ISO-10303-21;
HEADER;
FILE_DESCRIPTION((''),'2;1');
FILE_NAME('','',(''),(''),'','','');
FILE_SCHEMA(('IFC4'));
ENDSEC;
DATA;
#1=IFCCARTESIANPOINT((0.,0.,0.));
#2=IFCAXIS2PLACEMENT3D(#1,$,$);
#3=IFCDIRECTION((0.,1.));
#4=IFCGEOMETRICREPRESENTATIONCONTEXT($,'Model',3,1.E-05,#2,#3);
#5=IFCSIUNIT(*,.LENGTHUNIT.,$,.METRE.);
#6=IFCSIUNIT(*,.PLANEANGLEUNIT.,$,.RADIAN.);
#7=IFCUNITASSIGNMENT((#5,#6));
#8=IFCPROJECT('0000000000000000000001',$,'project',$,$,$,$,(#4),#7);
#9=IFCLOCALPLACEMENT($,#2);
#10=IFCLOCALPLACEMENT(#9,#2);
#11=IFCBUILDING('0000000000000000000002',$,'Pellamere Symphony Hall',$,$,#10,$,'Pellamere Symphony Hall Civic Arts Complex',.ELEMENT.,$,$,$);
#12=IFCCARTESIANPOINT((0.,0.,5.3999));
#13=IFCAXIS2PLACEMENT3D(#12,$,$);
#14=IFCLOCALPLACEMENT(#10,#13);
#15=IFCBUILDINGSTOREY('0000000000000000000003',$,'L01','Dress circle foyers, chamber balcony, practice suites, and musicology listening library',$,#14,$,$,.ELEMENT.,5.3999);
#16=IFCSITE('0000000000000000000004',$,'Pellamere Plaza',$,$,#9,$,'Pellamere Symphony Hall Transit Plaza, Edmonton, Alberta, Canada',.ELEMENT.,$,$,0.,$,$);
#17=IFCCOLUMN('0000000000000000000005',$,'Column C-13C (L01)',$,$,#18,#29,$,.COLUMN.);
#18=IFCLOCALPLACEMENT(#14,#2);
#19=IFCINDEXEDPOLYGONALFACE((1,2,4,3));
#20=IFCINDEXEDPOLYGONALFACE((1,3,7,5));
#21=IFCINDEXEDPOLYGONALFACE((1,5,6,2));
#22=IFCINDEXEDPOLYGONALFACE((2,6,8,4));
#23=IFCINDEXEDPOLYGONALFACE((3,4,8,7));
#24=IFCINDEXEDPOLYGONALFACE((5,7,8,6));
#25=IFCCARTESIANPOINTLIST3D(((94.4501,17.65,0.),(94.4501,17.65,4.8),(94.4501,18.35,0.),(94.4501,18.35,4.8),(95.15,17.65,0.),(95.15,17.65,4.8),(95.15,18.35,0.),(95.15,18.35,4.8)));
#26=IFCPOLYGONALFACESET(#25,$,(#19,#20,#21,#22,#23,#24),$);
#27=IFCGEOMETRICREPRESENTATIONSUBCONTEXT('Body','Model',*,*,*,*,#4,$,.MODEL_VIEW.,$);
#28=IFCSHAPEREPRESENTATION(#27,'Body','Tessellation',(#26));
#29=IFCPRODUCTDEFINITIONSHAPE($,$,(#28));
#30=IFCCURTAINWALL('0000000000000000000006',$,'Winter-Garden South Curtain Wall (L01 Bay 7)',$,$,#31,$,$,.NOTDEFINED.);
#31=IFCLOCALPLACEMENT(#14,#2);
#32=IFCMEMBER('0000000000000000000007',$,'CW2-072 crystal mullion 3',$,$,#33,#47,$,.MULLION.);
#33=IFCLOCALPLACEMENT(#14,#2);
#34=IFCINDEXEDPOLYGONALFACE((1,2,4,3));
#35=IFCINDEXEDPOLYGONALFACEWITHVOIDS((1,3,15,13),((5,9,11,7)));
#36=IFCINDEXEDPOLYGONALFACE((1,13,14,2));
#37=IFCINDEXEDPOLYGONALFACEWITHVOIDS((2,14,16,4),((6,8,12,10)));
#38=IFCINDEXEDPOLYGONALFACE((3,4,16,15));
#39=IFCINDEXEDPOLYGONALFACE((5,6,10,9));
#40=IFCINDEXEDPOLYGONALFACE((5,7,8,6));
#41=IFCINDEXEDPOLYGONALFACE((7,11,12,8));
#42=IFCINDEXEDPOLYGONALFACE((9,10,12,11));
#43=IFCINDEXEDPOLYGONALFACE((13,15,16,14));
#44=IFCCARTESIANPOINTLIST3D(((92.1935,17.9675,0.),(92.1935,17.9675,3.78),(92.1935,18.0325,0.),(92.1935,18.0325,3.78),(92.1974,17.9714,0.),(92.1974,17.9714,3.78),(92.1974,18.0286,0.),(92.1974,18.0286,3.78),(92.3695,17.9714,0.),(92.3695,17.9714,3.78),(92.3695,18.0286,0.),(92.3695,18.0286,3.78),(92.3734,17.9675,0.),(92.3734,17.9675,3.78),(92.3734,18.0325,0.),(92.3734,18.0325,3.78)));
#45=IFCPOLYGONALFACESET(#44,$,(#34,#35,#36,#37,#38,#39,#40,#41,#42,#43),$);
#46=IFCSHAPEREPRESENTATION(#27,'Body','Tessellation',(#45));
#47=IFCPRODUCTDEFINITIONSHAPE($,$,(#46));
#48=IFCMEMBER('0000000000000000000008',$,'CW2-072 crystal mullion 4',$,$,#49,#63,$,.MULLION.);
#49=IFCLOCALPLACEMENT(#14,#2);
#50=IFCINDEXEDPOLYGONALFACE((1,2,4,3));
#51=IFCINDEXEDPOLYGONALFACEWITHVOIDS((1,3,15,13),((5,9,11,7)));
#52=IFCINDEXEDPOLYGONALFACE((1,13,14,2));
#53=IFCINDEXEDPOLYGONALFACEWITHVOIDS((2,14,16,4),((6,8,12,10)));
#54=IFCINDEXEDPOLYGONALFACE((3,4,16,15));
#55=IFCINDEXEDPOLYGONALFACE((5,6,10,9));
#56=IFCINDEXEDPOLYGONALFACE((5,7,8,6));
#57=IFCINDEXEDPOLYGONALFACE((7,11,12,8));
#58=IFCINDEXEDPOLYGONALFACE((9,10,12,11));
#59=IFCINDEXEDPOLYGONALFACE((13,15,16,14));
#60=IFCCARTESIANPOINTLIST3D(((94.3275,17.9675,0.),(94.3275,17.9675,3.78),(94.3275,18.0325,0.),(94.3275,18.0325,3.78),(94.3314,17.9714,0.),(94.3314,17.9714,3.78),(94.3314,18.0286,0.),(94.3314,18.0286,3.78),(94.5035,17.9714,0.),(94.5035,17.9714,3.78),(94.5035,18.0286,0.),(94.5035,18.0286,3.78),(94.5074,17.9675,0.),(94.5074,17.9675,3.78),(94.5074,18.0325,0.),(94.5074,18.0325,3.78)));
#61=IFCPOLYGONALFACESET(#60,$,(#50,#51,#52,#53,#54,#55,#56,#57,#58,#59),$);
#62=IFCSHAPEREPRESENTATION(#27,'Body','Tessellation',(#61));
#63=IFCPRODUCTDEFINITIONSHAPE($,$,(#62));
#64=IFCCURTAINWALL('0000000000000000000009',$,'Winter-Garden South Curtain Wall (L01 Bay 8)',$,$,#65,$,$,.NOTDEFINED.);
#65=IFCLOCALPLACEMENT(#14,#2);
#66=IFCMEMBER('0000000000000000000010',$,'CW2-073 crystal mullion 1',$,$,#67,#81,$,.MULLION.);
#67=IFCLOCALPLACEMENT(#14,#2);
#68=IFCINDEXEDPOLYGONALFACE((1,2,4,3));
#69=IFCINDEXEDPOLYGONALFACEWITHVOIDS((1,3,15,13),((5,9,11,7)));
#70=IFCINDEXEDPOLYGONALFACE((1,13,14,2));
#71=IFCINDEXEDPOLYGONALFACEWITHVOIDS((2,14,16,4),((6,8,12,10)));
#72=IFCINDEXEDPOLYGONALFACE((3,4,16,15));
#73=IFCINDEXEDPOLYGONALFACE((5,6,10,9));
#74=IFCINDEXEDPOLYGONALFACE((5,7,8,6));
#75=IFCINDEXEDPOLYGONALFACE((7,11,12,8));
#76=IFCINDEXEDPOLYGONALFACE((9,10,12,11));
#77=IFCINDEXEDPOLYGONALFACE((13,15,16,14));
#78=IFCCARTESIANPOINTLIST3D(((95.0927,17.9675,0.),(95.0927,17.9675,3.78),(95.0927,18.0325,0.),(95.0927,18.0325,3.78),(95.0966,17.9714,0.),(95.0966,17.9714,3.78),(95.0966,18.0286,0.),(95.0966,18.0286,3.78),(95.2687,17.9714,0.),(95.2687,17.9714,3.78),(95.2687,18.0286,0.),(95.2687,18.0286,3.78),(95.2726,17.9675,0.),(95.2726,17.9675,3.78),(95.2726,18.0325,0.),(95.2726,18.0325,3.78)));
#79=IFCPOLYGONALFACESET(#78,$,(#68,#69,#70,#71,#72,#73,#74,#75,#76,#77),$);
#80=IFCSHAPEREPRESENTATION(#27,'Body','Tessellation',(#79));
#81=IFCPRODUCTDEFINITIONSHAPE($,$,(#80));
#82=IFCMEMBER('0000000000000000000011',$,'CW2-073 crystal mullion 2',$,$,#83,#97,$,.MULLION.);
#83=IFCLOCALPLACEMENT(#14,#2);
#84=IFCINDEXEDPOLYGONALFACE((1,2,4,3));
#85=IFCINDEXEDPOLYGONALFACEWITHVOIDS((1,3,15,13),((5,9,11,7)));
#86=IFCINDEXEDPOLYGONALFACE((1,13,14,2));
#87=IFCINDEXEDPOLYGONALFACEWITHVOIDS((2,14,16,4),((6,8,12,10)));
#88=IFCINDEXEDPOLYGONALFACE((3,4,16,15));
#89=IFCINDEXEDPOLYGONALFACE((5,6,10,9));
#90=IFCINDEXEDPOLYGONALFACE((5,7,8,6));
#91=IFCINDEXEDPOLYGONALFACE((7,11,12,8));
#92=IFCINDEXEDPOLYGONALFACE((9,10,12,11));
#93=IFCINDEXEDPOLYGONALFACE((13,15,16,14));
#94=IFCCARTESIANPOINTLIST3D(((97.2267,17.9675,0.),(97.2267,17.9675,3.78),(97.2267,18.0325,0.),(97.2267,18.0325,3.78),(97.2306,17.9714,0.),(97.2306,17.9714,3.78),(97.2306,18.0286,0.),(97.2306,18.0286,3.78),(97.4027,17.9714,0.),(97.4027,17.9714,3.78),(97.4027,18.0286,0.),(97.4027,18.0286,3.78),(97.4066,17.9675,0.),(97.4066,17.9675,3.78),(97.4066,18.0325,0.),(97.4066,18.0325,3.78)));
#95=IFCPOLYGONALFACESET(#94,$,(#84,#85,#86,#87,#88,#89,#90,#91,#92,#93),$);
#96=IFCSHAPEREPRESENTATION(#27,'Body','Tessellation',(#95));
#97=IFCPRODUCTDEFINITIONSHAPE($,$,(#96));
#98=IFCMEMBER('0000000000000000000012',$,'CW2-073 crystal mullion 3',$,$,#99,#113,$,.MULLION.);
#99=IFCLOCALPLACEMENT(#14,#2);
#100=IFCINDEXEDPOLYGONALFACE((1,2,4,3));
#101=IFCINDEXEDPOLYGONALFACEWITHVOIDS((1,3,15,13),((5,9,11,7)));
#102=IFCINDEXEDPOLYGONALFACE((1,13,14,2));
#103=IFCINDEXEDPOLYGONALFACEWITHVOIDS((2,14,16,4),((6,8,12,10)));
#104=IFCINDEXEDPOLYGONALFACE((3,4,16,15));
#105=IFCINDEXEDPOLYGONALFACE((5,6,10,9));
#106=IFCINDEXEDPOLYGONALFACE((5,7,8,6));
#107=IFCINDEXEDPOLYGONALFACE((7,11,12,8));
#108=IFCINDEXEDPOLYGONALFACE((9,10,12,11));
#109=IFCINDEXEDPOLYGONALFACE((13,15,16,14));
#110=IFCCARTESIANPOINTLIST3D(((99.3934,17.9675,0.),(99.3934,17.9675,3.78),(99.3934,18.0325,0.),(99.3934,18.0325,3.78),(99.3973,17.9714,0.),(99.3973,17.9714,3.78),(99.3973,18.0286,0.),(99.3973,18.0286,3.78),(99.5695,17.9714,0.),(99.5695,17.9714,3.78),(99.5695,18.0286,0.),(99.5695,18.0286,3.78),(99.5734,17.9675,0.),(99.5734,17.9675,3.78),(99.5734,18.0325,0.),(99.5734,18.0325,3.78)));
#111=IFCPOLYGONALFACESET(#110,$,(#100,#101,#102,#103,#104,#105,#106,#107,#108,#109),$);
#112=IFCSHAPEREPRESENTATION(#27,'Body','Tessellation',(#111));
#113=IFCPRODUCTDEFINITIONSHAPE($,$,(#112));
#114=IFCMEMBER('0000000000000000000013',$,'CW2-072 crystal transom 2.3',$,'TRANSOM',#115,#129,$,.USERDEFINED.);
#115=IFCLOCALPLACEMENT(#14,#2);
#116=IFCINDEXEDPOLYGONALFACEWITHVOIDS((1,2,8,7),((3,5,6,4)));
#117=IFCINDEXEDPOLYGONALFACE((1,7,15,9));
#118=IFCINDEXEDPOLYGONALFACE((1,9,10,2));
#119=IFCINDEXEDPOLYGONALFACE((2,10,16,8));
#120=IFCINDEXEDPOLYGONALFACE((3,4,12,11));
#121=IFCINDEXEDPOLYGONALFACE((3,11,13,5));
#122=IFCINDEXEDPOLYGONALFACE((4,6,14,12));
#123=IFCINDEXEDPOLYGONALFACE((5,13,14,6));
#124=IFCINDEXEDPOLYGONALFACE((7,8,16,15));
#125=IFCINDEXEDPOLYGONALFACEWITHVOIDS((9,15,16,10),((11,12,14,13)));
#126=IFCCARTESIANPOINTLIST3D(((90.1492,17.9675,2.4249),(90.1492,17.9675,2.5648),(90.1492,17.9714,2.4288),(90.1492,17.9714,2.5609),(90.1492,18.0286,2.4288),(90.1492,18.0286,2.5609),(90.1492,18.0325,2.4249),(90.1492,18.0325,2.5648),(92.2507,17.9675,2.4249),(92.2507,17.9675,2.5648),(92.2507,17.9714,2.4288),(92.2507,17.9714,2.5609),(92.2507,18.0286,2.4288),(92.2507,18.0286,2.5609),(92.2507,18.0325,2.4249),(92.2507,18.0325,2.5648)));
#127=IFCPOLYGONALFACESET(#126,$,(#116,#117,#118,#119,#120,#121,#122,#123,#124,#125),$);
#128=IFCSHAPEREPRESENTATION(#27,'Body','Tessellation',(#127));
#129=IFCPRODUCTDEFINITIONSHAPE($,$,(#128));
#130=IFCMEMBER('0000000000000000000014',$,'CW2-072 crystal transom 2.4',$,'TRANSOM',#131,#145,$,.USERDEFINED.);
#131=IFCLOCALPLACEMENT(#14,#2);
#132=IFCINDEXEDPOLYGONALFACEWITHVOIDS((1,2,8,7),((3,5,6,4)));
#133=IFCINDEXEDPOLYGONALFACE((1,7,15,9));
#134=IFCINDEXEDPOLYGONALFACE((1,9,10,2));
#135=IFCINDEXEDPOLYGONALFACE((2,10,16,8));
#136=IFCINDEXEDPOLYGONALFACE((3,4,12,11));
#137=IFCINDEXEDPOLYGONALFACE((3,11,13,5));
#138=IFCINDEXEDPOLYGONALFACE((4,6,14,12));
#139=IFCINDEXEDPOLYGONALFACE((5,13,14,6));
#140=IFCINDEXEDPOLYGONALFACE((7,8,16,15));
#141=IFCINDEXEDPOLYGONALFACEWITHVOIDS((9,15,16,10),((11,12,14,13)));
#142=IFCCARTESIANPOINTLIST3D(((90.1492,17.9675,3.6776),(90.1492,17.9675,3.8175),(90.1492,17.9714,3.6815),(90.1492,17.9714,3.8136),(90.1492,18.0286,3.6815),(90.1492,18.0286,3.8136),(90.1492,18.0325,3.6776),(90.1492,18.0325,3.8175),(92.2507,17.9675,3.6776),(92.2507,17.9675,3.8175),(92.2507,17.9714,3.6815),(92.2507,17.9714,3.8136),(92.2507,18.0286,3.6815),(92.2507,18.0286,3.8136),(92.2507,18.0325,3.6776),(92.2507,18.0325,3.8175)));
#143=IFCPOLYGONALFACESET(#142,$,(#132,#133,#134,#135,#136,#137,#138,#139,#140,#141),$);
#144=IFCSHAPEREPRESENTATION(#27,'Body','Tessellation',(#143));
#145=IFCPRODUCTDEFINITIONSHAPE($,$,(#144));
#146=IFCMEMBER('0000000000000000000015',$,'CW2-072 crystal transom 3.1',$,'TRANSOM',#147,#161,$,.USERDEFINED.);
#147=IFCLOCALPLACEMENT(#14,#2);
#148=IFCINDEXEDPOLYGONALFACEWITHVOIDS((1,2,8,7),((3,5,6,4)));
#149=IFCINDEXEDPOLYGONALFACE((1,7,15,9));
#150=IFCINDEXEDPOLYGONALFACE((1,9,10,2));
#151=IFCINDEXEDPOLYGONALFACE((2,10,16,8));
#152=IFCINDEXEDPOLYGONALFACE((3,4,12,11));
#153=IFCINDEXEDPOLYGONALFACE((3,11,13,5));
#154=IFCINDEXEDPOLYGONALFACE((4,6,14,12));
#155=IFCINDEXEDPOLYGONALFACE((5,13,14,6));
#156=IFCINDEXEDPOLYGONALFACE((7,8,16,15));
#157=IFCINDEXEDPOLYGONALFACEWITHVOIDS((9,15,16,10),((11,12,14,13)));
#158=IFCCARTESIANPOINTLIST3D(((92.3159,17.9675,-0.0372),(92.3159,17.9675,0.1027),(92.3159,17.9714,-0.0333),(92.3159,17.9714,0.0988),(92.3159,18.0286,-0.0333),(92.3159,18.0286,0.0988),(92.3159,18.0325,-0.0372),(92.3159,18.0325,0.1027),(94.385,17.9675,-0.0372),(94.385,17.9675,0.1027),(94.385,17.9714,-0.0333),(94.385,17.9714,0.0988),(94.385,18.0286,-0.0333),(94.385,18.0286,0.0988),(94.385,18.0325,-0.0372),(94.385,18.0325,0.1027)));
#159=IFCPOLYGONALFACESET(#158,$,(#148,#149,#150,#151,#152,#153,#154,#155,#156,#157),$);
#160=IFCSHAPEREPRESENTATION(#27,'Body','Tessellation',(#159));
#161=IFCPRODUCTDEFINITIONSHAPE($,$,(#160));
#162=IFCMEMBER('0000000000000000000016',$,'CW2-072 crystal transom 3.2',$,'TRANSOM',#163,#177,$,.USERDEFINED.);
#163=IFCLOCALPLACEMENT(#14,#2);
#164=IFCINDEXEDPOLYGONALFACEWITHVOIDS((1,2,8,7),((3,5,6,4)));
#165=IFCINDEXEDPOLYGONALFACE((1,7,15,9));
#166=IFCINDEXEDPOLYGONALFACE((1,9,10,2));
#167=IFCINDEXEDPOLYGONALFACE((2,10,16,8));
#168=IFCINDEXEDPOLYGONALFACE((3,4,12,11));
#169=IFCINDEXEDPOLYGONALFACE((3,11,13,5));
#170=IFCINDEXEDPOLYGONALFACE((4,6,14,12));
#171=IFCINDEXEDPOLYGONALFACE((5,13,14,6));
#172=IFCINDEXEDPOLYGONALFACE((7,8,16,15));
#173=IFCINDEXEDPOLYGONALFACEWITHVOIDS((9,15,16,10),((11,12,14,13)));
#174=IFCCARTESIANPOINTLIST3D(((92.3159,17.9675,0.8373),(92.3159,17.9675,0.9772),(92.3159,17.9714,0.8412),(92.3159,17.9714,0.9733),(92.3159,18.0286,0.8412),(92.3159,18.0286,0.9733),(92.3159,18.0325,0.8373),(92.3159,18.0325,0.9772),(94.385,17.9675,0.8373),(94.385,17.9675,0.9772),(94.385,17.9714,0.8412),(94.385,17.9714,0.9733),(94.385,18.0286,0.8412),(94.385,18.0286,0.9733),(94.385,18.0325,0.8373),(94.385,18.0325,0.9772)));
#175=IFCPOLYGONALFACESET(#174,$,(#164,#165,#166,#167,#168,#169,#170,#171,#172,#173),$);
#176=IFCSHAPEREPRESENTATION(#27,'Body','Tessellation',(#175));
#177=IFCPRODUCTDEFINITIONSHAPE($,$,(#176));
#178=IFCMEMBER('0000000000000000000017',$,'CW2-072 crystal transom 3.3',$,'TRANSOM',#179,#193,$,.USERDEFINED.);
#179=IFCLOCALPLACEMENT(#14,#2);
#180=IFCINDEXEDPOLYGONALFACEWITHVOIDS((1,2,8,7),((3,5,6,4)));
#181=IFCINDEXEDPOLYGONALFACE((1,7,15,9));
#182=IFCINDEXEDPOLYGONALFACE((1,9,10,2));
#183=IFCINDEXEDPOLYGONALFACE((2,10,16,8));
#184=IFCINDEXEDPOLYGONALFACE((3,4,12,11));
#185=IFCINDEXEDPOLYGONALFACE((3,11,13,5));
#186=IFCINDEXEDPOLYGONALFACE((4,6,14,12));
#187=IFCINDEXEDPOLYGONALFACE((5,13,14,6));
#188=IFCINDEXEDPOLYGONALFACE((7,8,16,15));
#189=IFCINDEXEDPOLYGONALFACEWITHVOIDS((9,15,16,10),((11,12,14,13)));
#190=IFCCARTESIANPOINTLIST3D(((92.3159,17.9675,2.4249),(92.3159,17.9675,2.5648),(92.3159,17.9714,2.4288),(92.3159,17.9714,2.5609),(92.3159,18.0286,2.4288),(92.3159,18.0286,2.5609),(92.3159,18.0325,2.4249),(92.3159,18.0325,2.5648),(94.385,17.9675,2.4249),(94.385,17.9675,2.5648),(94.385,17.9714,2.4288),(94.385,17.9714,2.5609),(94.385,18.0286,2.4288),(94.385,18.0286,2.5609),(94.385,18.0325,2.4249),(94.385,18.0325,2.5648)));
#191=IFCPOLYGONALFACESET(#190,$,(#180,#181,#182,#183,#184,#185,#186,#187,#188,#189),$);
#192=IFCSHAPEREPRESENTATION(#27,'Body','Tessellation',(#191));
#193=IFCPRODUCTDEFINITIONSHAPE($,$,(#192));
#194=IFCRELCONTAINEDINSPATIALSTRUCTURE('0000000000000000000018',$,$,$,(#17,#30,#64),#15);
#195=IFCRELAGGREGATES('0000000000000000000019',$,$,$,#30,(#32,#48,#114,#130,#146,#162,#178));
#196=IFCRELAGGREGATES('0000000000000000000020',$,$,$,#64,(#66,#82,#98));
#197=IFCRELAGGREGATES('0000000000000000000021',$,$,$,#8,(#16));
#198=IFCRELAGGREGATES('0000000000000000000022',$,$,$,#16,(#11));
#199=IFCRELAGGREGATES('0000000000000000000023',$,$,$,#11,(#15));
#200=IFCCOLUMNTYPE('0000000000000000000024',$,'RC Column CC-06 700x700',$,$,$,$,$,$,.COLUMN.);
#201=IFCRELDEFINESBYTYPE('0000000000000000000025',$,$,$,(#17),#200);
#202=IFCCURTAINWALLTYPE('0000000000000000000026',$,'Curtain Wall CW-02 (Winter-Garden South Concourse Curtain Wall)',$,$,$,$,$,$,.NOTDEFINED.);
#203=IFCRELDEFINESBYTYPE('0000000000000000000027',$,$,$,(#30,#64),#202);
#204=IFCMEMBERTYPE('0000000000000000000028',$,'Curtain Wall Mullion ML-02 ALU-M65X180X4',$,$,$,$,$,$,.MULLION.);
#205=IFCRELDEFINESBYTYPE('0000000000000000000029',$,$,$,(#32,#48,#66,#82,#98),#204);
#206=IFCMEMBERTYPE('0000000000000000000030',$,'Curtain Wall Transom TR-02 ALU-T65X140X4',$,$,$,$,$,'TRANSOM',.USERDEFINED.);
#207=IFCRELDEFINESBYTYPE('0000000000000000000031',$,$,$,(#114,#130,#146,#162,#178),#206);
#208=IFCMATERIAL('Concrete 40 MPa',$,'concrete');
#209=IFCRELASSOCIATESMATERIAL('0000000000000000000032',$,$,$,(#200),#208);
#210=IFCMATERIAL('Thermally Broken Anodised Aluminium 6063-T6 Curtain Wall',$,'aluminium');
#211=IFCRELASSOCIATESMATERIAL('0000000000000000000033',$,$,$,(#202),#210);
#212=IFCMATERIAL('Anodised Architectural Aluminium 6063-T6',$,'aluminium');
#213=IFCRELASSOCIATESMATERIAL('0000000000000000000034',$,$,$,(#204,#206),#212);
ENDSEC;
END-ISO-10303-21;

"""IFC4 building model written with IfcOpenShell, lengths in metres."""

from ifc_helpers import new_model, si_unit, direction, frame, origin, origin_2d, place, context, subcontext, project, spatial, rectangle, hollow_rectangle, extrude, material, material_profile, profile_set, type_object, element, aggregate, save


model = new_model("IFC4")

# Units and contexts
model_context = context("Model", 3, precision=1e-05, world=origin(), true_north=direction((0.0, 1.0)))
body_context = subcontext(model_context, "Body", "Model", "MODEL_VIEW")
ifc_project = project(units=[si_unit("LENGTHUNIT", "METRE"), si_unit("PLANEANGLEUNIT", "RADIAN")], contexts=[model_context])

# Site, building, storey
site_placement = place(None, origin())
site = spatial("IfcSite", under=ifc_project, at=site_placement, Name="Pellamere Plaza", LongName="Pellamere Symphony Hall Transit Plaza, Edmonton, Alberta, Canada", CompositionType="ELEMENT", RefElevation=0.0)
building_placement = place(site_placement, origin())
building = spatial("IfcBuilding", under=site, at=building_placement, Name="Pellamere Symphony Hall", LongName="Pellamere Symphony Hall Civic Arts Complex", CompositionType="ELEMENT")
storey_placement = place(building_placement, frame((0.0, 0.0, 5.3999)))
storey = spatial("IfcBuildingStorey", under=building, at=storey_placement, Name="L01", Description="Dress circle foyers, chamber balcony, practice suites, and musicology listening library", CompositionType="ELEMENT", Elevation=5.3999)

# Column
ifc_material_1 = material(Name="Concrete 40 MPa", Category="concrete")
ifc_material_profile_1 = material_profile(ifc_material_1, rectangle(XDim=0.7, YDim=0.7, at=origin_2d()), Name="RC 700x700")
ifc_profile_set_1 = profile_set([ifc_material_profile_1], Name="Concrete 40 MPa")
column_type = type_object("IfcColumnType", Name="RC Column CC-06 700x700", PredefinedType="COLUMN", material=ifc_profile_set_1)
column_placement = place(storey_placement, frame((94.8, 18.0, 0.0), z_axis=(0.0, 0.0, 1.0), x_axis=(1.0, 0.0, 0.0)))
element("IfcColumn", 1, at=column_placement, inside=storey, type_object=column_type, Name="Column C-13C (L01)", PredefinedType="COLUMN", context=body_context, shape_type="SweptSolid", body=[
    extrude(rectangle(XDim=0.7, YDim=0.7, at=origin_2d()), origin(), (0.0, 0.0, 1.0), 4.8),
])

# Curtain walls, members
ifc_material_2 = material(Name="Thermally Broken Anodised Aluminium 6063-T6 Curtain Wall", Category="aluminium")
curtain_wall_type = type_object("IfcCurtainWallType", Name="Curtain Wall CW-02 (Winter-Garden South Concourse Curtain Wall)", PredefinedType="NOTDEFINED", material=ifc_material_2)
curtain_wall_1_placement = place(storey_placement, origin())
curtain_wall_1 = element("IfcCurtainWall", 2, at=curtain_wall_1_placement, inside=storey, type_object=curtain_wall_type, Name="Winter-Garden South Curtain Wall (L01 Bay 7)", PredefinedType="NOTDEFINED")
ifc_material_3 = material(Name="Anodised Architectural Aluminium 6063-T6", Category="aluminium")
ifc_material_profile_2 = material_profile(ifc_material_3, hollow_rectangle(XDim=0.0649, YDim=0.1799, WallThickness=0.0039, at=origin_2d()), Name="ALU-M65X180X4")
ifc_profile_set_2 = profile_set([ifc_material_profile_2], Name="Anodised Architectural Aluminium 6063-T6")
member_type_1 = type_object("IfcMemberType", Name="Curtain Wall Mullion ML-02 ALU-M65X180X4", PredefinedType="MULLION", material=ifc_profile_set_2)
member_1_placement = place(storey_placement, frame((92.2834, 18.0, 0.0), z_axis=(0.0, 0.0, 1.0), x_axis=(0.0, 1.0, 0.0)))
member_1 = element("IfcMember", 3, at=member_1_placement, type_object=member_type_1, Name="CW2-072 crystal mullion 3", PredefinedType="MULLION", context=body_context, shape_type="SweptSolid", body=[
    extrude(hollow_rectangle(XDim=0.0649, YDim=0.1799, WallThickness=0.0039, at=origin_2d()), origin(), (0.0, 0.0, 1.0), 3.78),
])
member_2_placement = place(storey_placement, frame((94.4175, 18.0, 0.0), z_axis=(0.0, 0.0, 1.0), x_axis=(0.0, 1.0, 0.0)))
member_2 = element("IfcMember", 4, at=member_2_placement, type_object=member_type_1, Name="CW2-072 crystal mullion 4", PredefinedType="MULLION", context=body_context, shape_type="SweptSolid", body=[
    extrude(hollow_rectangle(XDim=0.0649, YDim=0.1799, WallThickness=0.0039, at=origin_2d()), origin(), (0.0, 0.0, 1.0), 3.78),
])
curtain_wall_2_placement = place(storey_placement, origin())
curtain_wall_2 = element("IfcCurtainWall", 5, at=curtain_wall_2_placement, inside=storey, type_object=curtain_wall_type, Name="Winter-Garden South Curtain Wall (L01 Bay 8)", PredefinedType="NOTDEFINED")
member_3_placement = place(storey_placement, frame((95.1826, 18.0, 0.0), z_axis=(0.0, 0.0, 1.0), x_axis=(0.0, 1.0, 0.0)))
member_3 = element("IfcMember", 6, at=member_3_placement, type_object=member_type_1, Name="CW2-073 crystal mullion 1", PredefinedType="MULLION", context=body_context, shape_type="SweptSolid", body=[
    extrude(hollow_rectangle(XDim=0.0649, YDim=0.1799, WallThickness=0.0039, at=origin_2d()), origin(), (0.0, 0.0, 1.0), 3.78),
])
member_4_placement = place(storey_placement, frame((97.3167, 18.0, 0.0), z_axis=(0.0, 0.0, 1.0), x_axis=(0.0, 1.0, 0.0)))
member_4 = element("IfcMember", 7, at=member_4_placement, type_object=member_type_1, Name="CW2-073 crystal mullion 2", PredefinedType="MULLION", context=body_context, shape_type="SweptSolid", body=[
    extrude(hollow_rectangle(XDim=0.0649, YDim=0.1799, WallThickness=0.0039, at=origin_2d()), origin(), (0.0, 0.0, 1.0), 3.78),
])
member_5_placement = place(storey_placement, frame((99.4834, 18.0, 0.0), z_axis=(0.0, 0.0, 1.0), x_axis=(0.0, 1.0, 0.0)))
member_5 = element("IfcMember", 8, at=member_5_placement, type_object=member_type_1, Name="CW2-073 crystal mullion 3", PredefinedType="MULLION", context=body_context, shape_type="SweptSolid", body=[
    extrude(hollow_rectangle(XDim=0.0649, YDim=0.1799, WallThickness=0.0039, at=origin_2d()), origin(), (0.0, 0.0, 1.0), 3.78),
])

# Members
ifc_material_profile_3 = material_profile(ifc_material_3, hollow_rectangle(XDim=0.0649, YDim=0.1399, WallThickness=0.0039, at=origin_2d()), Name="ALU-T65X140X4")
ifc_profile_set_3 = profile_set([ifc_material_profile_3], Name="Anodised Architectural Aluminium 6063-T6")
member_type_2 = type_object("IfcMemberType", Name="Curtain Wall Transom TR-02 ALU-T65X140X4", ElementType="TRANSOM", PredefinedType="USERDEFINED", material=ifc_profile_set_3)
member_6_placement = place(storey_placement, frame((90.1492, 18.0, 2.4949), z_axis=(1.0, 0.0, 0.0), x_axis=(0.0, 1.0, 0.0)))
member_6 = element("IfcMember", 9, at=member_6_placement, type_object=member_type_2, Name="CW2-072 crystal transom 2.3", ObjectType="TRANSOM", PredefinedType="USERDEFINED", context=body_context, shape_type="SweptSolid", body=[
    extrude(hollow_rectangle(XDim=0.0649, YDim=0.1399, WallThickness=0.0039, at=origin_2d()), origin(), (0.0, 0.0, 1.0), 2.1016),
])
member_7_placement = place(storey_placement, frame((90.1492, 18.0, 3.7476), z_axis=(1.0, 0.0, 0.0), x_axis=(0.0, 1.0, 0.0)))
member_7 = element("IfcMember", 10, at=member_7_placement, type_object=member_type_2, Name="CW2-072 crystal transom 2.4", ObjectType="TRANSOM", PredefinedType="USERDEFINED", context=body_context, shape_type="SweptSolid", body=[
    extrude(hollow_rectangle(XDim=0.0649, YDim=0.1399, WallThickness=0.0039, at=origin_2d()), origin(), (0.0, 0.0, 1.0), 2.1016),
])
member_8_placement = place(storey_placement, frame((92.3159, 18.0, 0.0327), z_axis=(1.0, 0.0, 0.0), x_axis=(0.0, 1.0, 0.0)))
member_8 = element("IfcMember", 11, at=member_8_placement, type_object=member_type_2, Name="CW2-072 crystal transom 3.1", ObjectType="TRANSOM", PredefinedType="USERDEFINED", context=body_context, shape_type="SweptSolid", body=[
    extrude(hollow_rectangle(XDim=0.0649, YDim=0.1399, WallThickness=0.0039, at=origin_2d()), origin(), (0.0, 0.0, 1.0), 2.0691),
])
member_9_placement = place(storey_placement, frame((92.3159, 18.0, 0.9072), z_axis=(1.0, 0.0, 0.0), x_axis=(0.0, 1.0, 0.0)))
member_9 = element("IfcMember", 12, at=member_9_placement, type_object=member_type_2, Name="CW2-072 crystal transom 3.2", ObjectType="TRANSOM", PredefinedType="USERDEFINED", context=body_context, shape_type="SweptSolid", body=[
    extrude(hollow_rectangle(XDim=0.0649, YDim=0.1399, WallThickness=0.0039, at=origin_2d()), origin(), (0.0, 0.0, 1.0), 2.0691),
])
member_10_placement = place(storey_placement, frame((92.3159, 18.0, 2.4949), z_axis=(1.0, 0.0, 0.0), x_axis=(0.0, 1.0, 0.0)))
member_10 = element("IfcMember", 13, at=member_10_placement, type_object=member_type_2, Name="CW2-072 crystal transom 3.3", ObjectType="TRANSOM", PredefinedType="USERDEFINED", context=body_context, shape_type="SweptSolid", body=[
    extrude(hollow_rectangle(XDim=0.0649, YDim=0.1399, WallThickness=0.0039, at=origin_2d()), origin(), (0.0, 0.0, 1.0), 2.0691),
])

aggregate(curtain_wall_1, [member_1, member_2, member_6, member_7, member_8, member_9, member_10])
aggregate(curtain_wall_2, [member_3, member_4, member_5])

save(model, "model.ifc")
